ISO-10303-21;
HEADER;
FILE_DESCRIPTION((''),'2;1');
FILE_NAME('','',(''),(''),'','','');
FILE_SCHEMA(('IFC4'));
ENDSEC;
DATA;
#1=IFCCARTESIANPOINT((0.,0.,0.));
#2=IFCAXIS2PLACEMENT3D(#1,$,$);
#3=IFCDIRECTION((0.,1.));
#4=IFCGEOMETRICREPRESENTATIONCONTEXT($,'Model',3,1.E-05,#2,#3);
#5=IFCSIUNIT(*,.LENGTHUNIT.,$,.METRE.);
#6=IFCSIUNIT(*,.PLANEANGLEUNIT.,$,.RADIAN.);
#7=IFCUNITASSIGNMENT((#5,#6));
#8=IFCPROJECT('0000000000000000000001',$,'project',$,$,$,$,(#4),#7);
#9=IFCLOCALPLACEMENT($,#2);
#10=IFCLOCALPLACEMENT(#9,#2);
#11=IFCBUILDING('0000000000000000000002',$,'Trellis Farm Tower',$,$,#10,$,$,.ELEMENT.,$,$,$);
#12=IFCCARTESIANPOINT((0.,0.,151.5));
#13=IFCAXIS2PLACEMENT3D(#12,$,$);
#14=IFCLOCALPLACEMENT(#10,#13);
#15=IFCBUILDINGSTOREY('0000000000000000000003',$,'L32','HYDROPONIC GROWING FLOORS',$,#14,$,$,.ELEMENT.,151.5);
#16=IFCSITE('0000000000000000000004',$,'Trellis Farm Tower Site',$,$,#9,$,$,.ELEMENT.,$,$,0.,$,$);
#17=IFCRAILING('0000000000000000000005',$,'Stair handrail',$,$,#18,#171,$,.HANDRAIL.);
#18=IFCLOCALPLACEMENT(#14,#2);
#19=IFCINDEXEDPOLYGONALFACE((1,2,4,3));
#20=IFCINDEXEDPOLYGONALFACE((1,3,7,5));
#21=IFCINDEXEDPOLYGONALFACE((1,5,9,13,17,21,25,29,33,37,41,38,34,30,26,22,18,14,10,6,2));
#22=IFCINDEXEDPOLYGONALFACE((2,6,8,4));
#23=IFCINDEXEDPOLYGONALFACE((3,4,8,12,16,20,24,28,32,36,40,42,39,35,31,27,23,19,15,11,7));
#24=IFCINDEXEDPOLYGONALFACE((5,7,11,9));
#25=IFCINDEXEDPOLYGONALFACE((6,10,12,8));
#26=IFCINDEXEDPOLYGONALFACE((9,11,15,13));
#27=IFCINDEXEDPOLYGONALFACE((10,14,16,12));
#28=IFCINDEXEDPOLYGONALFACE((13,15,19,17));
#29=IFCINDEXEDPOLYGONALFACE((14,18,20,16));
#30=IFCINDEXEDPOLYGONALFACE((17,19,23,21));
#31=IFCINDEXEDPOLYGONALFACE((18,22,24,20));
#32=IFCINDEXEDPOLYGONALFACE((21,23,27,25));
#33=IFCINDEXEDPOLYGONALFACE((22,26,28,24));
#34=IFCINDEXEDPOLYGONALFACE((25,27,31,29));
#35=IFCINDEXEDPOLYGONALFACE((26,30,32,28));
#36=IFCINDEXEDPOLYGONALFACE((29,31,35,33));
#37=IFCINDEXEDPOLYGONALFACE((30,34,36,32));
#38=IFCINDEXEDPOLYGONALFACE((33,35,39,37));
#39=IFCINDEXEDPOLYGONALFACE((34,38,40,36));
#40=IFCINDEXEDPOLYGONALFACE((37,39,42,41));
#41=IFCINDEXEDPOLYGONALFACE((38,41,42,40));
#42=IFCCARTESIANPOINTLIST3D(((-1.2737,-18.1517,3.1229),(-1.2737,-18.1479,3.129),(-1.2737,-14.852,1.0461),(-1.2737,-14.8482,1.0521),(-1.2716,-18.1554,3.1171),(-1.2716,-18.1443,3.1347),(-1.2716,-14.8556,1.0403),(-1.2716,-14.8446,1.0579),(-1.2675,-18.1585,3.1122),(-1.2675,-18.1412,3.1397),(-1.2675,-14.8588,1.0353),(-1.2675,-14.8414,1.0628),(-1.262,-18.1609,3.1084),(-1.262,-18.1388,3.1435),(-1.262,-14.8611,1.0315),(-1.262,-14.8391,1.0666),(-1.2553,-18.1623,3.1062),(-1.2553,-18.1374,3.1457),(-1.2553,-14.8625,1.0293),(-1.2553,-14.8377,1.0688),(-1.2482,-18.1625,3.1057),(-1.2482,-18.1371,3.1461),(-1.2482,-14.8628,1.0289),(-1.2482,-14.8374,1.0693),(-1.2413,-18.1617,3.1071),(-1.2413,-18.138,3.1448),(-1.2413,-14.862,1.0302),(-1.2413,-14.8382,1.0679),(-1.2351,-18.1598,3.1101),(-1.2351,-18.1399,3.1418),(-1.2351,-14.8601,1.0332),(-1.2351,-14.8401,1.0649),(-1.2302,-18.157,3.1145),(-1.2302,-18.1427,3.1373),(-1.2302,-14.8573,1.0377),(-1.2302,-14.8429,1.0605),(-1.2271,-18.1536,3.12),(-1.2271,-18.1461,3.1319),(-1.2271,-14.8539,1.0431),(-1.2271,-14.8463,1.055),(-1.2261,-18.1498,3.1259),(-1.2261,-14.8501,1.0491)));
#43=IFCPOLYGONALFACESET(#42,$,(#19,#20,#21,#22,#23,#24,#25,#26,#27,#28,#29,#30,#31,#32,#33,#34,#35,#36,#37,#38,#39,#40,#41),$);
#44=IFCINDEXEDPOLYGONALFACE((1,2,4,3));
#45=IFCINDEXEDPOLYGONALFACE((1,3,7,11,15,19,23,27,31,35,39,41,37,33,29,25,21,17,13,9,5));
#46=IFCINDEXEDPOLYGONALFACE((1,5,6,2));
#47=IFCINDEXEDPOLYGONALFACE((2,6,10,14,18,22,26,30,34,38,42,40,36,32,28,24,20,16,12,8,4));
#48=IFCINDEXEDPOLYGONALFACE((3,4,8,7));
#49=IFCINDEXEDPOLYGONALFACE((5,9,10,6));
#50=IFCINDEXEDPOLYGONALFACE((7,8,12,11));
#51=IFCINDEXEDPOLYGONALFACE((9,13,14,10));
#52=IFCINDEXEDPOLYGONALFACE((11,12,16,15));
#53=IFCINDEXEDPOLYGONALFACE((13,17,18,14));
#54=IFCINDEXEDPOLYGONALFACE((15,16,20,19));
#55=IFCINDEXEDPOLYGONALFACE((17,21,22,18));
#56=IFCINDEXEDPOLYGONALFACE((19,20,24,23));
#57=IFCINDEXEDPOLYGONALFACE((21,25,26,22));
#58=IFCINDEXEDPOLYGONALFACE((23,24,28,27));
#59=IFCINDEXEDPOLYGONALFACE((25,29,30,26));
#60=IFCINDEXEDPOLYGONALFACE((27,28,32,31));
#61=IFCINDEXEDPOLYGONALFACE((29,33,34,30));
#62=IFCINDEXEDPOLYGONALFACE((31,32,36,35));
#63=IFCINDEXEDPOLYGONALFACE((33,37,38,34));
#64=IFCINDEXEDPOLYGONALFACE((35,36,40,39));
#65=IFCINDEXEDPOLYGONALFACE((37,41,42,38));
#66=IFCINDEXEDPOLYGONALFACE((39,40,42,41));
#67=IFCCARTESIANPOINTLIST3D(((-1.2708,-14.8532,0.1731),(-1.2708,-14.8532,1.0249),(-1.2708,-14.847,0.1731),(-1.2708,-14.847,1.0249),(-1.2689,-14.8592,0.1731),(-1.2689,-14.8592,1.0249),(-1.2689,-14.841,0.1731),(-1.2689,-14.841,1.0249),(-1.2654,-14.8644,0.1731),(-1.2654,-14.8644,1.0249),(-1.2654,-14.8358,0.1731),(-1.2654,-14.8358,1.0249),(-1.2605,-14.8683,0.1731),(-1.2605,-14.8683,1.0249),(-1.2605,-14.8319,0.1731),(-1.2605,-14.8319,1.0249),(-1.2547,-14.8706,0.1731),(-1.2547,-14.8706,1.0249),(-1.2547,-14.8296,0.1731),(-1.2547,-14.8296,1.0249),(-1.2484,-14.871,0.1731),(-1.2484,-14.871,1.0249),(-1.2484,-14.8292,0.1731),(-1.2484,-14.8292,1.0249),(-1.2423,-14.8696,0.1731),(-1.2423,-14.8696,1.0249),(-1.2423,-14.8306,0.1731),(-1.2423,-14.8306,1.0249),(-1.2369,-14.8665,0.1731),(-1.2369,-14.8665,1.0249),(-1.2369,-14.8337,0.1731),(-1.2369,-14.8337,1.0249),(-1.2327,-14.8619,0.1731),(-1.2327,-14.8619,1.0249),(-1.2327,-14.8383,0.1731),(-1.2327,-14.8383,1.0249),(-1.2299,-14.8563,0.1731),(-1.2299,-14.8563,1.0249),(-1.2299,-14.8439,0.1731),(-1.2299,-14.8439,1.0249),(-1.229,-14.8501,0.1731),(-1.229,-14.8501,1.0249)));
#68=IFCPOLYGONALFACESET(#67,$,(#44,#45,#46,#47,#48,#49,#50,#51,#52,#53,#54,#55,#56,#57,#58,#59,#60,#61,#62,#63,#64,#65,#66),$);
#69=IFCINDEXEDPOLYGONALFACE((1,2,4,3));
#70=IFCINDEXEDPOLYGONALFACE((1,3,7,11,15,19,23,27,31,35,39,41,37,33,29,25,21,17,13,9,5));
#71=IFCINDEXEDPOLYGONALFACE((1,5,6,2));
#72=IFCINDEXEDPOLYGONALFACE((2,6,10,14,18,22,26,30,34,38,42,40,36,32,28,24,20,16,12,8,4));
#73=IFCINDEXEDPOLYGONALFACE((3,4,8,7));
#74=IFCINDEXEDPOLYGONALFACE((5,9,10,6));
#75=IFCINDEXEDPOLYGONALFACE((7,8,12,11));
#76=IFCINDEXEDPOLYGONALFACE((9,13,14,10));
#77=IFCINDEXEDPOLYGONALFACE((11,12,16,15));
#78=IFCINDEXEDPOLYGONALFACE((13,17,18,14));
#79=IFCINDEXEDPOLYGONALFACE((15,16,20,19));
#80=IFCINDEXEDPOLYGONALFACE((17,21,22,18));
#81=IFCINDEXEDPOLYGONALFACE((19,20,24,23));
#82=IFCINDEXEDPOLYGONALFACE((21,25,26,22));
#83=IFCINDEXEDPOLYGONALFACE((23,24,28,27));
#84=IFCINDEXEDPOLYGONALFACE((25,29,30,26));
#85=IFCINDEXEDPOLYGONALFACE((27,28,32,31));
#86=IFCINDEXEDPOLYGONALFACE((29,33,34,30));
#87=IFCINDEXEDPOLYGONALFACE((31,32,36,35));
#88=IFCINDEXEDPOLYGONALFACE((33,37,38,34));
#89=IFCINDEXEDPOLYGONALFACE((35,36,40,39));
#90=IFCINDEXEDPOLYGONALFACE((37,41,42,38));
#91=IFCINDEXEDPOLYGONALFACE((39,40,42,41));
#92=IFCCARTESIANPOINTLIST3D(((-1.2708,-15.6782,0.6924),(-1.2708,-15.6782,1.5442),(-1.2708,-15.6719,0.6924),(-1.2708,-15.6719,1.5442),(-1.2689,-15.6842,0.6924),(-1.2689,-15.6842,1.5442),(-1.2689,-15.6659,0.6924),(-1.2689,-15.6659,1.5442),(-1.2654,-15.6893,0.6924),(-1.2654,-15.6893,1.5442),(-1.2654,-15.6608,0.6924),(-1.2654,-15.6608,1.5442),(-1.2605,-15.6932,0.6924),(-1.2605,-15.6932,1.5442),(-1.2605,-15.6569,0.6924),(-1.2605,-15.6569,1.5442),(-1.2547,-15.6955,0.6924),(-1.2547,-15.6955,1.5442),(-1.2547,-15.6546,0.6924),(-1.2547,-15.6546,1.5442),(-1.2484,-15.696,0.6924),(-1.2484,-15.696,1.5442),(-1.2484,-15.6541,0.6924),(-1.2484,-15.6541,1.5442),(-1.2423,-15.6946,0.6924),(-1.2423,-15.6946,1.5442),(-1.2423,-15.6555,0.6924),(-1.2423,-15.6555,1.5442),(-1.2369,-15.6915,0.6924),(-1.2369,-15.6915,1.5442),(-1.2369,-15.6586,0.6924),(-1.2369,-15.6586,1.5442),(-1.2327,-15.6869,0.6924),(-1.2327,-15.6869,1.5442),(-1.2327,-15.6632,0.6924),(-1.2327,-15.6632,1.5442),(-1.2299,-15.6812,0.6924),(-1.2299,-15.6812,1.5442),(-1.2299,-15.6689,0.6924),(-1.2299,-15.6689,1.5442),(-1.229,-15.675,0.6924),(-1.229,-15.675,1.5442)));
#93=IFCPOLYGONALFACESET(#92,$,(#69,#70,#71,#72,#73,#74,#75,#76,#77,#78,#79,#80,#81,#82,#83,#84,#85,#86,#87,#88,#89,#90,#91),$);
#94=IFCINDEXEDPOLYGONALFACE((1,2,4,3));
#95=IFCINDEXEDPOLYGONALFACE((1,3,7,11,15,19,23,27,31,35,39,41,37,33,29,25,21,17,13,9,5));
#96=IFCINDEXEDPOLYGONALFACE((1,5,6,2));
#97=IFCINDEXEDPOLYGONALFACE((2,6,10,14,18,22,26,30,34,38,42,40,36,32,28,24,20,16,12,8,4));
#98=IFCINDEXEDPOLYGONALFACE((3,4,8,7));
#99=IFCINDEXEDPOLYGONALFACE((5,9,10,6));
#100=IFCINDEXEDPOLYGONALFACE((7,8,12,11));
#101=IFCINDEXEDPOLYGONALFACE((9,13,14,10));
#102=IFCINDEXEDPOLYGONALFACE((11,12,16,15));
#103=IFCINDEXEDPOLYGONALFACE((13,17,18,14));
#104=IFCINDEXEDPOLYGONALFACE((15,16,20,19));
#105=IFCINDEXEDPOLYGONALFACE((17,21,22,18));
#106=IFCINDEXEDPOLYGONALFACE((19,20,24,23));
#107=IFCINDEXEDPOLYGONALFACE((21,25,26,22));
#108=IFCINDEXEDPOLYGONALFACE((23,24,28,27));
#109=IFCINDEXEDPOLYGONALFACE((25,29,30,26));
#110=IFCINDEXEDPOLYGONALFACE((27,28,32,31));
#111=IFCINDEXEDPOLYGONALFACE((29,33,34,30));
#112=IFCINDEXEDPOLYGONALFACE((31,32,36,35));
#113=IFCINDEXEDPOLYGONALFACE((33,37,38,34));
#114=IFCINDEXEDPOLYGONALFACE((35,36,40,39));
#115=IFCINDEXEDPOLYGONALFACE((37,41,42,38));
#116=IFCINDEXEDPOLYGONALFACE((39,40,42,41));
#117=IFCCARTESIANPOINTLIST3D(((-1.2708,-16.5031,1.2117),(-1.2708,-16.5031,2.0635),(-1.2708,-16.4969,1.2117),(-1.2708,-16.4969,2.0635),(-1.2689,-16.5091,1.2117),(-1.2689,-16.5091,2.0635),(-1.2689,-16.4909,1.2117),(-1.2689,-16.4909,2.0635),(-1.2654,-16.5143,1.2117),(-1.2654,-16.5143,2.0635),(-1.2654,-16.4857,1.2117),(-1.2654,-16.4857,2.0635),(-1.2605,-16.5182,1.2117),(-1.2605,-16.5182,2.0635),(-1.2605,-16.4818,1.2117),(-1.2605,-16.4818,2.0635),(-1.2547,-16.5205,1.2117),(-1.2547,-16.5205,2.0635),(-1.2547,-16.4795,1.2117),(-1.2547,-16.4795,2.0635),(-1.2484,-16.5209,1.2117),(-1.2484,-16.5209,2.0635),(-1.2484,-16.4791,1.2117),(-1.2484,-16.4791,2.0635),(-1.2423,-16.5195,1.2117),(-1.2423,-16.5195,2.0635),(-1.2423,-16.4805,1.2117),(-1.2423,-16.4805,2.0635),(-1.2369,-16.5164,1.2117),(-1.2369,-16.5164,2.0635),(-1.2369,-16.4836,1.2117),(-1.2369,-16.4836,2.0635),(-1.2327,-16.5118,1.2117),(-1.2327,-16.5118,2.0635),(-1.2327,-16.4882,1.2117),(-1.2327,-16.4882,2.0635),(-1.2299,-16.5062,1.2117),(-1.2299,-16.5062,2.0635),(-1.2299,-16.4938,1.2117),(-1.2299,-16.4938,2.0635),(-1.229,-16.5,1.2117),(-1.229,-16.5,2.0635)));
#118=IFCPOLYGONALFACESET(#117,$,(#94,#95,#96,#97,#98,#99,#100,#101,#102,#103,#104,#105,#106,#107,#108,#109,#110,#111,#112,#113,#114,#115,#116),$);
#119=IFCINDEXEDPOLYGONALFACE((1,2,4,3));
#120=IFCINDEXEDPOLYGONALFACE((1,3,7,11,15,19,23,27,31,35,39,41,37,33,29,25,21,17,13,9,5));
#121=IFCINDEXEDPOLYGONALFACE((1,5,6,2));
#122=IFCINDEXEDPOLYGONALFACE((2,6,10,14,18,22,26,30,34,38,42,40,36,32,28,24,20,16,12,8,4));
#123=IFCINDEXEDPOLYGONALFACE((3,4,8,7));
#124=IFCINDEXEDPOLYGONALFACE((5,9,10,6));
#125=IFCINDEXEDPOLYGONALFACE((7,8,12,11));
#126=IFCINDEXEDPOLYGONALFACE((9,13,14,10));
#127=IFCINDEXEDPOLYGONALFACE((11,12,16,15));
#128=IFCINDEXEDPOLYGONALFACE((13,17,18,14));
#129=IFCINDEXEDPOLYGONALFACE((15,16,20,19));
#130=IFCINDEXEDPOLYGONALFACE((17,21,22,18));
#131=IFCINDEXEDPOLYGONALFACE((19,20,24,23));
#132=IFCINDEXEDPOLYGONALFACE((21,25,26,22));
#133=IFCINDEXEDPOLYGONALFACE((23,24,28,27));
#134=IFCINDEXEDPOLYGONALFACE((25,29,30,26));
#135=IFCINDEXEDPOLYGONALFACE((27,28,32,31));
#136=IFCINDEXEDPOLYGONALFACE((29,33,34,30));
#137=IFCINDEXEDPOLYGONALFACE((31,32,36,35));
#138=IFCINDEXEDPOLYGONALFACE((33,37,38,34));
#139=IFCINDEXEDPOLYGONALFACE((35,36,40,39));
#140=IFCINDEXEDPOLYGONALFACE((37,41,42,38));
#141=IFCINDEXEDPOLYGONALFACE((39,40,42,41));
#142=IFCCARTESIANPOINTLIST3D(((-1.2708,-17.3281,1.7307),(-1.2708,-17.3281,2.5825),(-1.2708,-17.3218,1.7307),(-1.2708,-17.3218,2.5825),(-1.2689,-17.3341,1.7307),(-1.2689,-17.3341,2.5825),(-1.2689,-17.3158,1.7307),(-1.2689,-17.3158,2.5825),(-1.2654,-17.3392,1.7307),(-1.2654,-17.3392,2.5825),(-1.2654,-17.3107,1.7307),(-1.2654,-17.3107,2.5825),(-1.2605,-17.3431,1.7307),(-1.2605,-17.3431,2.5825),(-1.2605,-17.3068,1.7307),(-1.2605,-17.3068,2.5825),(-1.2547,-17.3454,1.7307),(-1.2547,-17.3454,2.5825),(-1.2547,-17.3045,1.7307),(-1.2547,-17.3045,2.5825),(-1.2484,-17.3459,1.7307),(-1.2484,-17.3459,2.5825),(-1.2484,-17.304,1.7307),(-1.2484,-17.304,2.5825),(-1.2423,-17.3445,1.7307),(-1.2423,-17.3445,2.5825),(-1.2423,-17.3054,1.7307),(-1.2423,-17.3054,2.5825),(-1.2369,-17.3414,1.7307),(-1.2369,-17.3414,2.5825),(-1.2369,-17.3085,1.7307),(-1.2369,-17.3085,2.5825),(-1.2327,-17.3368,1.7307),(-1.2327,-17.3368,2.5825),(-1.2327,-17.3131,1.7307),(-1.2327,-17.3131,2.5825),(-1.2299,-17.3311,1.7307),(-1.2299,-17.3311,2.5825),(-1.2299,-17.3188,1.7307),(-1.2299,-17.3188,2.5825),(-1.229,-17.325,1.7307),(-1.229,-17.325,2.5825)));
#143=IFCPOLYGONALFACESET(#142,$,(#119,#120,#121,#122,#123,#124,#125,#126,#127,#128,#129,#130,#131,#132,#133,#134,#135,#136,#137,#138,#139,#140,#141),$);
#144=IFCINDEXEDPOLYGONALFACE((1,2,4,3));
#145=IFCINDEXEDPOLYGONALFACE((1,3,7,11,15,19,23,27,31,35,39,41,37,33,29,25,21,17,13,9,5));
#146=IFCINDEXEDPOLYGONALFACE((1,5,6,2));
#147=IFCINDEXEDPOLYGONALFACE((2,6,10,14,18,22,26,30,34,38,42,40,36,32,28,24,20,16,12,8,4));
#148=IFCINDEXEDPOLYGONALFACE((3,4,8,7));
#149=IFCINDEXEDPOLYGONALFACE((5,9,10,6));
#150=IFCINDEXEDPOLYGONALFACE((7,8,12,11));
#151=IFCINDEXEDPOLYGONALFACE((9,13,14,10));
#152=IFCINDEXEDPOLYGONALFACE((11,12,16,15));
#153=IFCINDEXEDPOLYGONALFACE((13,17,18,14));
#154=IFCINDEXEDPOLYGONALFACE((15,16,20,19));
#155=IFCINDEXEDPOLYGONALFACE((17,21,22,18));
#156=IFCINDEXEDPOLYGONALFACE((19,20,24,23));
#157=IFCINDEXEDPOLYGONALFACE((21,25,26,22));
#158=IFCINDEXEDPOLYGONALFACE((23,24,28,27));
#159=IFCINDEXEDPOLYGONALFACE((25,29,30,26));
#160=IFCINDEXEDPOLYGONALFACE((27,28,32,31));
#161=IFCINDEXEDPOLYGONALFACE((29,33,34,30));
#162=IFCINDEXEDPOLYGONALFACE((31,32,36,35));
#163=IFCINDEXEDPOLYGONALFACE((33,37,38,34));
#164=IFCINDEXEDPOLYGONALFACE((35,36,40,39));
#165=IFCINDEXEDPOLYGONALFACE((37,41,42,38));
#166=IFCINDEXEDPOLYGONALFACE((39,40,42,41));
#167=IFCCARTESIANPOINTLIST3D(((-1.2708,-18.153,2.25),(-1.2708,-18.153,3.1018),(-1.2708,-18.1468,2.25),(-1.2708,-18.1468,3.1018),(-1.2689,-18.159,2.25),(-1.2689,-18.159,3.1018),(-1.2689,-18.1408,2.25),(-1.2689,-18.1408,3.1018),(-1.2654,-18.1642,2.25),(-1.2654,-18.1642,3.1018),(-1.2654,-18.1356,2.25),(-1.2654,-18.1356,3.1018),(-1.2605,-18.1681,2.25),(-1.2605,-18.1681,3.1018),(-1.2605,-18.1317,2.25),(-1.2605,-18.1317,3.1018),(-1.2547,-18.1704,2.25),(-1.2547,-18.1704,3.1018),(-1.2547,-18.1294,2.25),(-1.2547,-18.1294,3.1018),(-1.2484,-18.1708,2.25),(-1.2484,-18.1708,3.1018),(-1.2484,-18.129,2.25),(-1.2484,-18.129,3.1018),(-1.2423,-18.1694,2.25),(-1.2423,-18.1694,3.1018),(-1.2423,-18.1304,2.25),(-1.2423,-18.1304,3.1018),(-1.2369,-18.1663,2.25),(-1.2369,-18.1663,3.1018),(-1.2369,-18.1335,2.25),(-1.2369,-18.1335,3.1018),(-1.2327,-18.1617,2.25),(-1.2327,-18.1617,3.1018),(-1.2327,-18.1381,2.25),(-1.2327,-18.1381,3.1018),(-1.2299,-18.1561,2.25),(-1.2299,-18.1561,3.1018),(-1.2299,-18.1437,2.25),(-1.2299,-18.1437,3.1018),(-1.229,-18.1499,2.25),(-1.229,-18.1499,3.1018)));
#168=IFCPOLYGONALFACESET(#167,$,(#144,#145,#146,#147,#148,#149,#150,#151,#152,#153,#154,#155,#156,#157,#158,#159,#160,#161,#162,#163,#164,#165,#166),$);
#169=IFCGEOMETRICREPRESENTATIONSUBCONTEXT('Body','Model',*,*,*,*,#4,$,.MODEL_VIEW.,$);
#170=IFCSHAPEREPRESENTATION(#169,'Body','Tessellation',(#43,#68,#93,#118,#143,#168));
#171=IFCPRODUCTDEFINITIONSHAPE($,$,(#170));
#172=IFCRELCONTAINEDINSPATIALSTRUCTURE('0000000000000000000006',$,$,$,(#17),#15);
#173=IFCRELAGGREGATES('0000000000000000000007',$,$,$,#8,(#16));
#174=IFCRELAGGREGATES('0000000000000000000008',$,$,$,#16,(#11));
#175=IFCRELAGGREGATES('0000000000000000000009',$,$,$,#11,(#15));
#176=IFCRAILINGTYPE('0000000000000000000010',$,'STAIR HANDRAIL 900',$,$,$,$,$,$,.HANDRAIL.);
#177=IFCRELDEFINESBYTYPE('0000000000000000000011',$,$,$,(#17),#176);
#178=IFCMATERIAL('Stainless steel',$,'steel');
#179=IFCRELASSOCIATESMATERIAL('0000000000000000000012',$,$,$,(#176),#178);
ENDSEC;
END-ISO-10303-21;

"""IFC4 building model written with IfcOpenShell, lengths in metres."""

from ifc_helpers import new_model, si_unit, direction, frame, origin, origin_2d, place, context, subcontext, project, spatial, circle, extrude, source, transform, mapped, material, type_object, element, save


model = new_model("IFC4")

# Units and contexts
model_context = context("Model", 3, precision=1e-05, world=origin(), true_north=direction((0.0, 1.0)))
body_context = subcontext(model_context, "Body", "Model", "MODEL_VIEW")
ifc_project = project(units=[si_unit("LENGTHUNIT", "METRE"), si_unit("PLANEANGLEUNIT", "RADIAN")], contexts=[model_context])

# Site, building, storey
site_placement = place(None, origin())
site = spatial("IfcSite", under=ifc_project, at=site_placement, Name="Trellis Farm Tower Site", CompositionType="ELEMENT", RefElevation=0.0)
building_placement = place(site_placement, origin())
building = spatial("IfcBuilding", under=site, at=building_placement, Name="Trellis Farm Tower", CompositionType="ELEMENT")
storey_placement = place(building_placement, frame((0.0, 0.0, 151.5)))
storey = spatial("IfcBuildingStorey", under=building, at=storey_placement, Name="L32", Description="HYDROPONIC GROWING FLOORS", CompositionType="ELEMENT", Elevation=151.5)

# Railing
ifc_material_1 = material(Name="Stainless steel", Category="steel")
railing_type = type_object("IfcRailingType", Name="STAIR HANDRAIL 900", PredefinedType="HANDRAIL", material=ifc_material_1)
shared_shape_1 = source(origin(), body_context, "Body", "SweptSolid", [
    extrude(circle(Radius=0.0239, at=origin_2d()), frame((0.0, 0.0, 0.876), z_axis=(0.0, -0.84632, 0.532675), x_axis=(1.0, 0.0, 0.0)), (0.0, 0.0, 1.0), 3.8989),
    extrude(circle(Radius=0.021, at=origin_2d()), origin(), (0.0, 0.0, 1.0), 0.8518),
    extrude(circle(Radius=0.021, at=origin_2d()), frame((0.0, -0.825, 0.5193)), (0.0, 0.0, 1.0), 0.8518),
    extrude(circle(Radius=0.021, at=origin_2d()), frame((0.0, -1.6499, 1.0386)), (0.0, 0.0, 1.0), 0.8518),
    extrude(circle(Radius=0.021, at=origin_2d()), frame((0.0, -2.4749, 1.5576)), (0.0, 0.0, 1.0), 0.8518),
    extrude(circle(Radius=0.021, at=origin_2d()), frame((0.0, -3.2998, 2.0769)), (0.0, 0.0, 1.0), 0.8518),
])
railing_placement = place(storey_placement, frame((-1.25, -14.8501, 0.1731)))
element("IfcRailing", 1, at=railing_placement, inside=storey, type_object=railing_type, Name="Stair handrail", PredefinedType="HANDRAIL", context=body_context, shape_type="MappedRepresentation", body=[
    mapped(shared_shape_1, transform((0.0, 0.0, 0.0))),
])

save(model, "model.ifc")
